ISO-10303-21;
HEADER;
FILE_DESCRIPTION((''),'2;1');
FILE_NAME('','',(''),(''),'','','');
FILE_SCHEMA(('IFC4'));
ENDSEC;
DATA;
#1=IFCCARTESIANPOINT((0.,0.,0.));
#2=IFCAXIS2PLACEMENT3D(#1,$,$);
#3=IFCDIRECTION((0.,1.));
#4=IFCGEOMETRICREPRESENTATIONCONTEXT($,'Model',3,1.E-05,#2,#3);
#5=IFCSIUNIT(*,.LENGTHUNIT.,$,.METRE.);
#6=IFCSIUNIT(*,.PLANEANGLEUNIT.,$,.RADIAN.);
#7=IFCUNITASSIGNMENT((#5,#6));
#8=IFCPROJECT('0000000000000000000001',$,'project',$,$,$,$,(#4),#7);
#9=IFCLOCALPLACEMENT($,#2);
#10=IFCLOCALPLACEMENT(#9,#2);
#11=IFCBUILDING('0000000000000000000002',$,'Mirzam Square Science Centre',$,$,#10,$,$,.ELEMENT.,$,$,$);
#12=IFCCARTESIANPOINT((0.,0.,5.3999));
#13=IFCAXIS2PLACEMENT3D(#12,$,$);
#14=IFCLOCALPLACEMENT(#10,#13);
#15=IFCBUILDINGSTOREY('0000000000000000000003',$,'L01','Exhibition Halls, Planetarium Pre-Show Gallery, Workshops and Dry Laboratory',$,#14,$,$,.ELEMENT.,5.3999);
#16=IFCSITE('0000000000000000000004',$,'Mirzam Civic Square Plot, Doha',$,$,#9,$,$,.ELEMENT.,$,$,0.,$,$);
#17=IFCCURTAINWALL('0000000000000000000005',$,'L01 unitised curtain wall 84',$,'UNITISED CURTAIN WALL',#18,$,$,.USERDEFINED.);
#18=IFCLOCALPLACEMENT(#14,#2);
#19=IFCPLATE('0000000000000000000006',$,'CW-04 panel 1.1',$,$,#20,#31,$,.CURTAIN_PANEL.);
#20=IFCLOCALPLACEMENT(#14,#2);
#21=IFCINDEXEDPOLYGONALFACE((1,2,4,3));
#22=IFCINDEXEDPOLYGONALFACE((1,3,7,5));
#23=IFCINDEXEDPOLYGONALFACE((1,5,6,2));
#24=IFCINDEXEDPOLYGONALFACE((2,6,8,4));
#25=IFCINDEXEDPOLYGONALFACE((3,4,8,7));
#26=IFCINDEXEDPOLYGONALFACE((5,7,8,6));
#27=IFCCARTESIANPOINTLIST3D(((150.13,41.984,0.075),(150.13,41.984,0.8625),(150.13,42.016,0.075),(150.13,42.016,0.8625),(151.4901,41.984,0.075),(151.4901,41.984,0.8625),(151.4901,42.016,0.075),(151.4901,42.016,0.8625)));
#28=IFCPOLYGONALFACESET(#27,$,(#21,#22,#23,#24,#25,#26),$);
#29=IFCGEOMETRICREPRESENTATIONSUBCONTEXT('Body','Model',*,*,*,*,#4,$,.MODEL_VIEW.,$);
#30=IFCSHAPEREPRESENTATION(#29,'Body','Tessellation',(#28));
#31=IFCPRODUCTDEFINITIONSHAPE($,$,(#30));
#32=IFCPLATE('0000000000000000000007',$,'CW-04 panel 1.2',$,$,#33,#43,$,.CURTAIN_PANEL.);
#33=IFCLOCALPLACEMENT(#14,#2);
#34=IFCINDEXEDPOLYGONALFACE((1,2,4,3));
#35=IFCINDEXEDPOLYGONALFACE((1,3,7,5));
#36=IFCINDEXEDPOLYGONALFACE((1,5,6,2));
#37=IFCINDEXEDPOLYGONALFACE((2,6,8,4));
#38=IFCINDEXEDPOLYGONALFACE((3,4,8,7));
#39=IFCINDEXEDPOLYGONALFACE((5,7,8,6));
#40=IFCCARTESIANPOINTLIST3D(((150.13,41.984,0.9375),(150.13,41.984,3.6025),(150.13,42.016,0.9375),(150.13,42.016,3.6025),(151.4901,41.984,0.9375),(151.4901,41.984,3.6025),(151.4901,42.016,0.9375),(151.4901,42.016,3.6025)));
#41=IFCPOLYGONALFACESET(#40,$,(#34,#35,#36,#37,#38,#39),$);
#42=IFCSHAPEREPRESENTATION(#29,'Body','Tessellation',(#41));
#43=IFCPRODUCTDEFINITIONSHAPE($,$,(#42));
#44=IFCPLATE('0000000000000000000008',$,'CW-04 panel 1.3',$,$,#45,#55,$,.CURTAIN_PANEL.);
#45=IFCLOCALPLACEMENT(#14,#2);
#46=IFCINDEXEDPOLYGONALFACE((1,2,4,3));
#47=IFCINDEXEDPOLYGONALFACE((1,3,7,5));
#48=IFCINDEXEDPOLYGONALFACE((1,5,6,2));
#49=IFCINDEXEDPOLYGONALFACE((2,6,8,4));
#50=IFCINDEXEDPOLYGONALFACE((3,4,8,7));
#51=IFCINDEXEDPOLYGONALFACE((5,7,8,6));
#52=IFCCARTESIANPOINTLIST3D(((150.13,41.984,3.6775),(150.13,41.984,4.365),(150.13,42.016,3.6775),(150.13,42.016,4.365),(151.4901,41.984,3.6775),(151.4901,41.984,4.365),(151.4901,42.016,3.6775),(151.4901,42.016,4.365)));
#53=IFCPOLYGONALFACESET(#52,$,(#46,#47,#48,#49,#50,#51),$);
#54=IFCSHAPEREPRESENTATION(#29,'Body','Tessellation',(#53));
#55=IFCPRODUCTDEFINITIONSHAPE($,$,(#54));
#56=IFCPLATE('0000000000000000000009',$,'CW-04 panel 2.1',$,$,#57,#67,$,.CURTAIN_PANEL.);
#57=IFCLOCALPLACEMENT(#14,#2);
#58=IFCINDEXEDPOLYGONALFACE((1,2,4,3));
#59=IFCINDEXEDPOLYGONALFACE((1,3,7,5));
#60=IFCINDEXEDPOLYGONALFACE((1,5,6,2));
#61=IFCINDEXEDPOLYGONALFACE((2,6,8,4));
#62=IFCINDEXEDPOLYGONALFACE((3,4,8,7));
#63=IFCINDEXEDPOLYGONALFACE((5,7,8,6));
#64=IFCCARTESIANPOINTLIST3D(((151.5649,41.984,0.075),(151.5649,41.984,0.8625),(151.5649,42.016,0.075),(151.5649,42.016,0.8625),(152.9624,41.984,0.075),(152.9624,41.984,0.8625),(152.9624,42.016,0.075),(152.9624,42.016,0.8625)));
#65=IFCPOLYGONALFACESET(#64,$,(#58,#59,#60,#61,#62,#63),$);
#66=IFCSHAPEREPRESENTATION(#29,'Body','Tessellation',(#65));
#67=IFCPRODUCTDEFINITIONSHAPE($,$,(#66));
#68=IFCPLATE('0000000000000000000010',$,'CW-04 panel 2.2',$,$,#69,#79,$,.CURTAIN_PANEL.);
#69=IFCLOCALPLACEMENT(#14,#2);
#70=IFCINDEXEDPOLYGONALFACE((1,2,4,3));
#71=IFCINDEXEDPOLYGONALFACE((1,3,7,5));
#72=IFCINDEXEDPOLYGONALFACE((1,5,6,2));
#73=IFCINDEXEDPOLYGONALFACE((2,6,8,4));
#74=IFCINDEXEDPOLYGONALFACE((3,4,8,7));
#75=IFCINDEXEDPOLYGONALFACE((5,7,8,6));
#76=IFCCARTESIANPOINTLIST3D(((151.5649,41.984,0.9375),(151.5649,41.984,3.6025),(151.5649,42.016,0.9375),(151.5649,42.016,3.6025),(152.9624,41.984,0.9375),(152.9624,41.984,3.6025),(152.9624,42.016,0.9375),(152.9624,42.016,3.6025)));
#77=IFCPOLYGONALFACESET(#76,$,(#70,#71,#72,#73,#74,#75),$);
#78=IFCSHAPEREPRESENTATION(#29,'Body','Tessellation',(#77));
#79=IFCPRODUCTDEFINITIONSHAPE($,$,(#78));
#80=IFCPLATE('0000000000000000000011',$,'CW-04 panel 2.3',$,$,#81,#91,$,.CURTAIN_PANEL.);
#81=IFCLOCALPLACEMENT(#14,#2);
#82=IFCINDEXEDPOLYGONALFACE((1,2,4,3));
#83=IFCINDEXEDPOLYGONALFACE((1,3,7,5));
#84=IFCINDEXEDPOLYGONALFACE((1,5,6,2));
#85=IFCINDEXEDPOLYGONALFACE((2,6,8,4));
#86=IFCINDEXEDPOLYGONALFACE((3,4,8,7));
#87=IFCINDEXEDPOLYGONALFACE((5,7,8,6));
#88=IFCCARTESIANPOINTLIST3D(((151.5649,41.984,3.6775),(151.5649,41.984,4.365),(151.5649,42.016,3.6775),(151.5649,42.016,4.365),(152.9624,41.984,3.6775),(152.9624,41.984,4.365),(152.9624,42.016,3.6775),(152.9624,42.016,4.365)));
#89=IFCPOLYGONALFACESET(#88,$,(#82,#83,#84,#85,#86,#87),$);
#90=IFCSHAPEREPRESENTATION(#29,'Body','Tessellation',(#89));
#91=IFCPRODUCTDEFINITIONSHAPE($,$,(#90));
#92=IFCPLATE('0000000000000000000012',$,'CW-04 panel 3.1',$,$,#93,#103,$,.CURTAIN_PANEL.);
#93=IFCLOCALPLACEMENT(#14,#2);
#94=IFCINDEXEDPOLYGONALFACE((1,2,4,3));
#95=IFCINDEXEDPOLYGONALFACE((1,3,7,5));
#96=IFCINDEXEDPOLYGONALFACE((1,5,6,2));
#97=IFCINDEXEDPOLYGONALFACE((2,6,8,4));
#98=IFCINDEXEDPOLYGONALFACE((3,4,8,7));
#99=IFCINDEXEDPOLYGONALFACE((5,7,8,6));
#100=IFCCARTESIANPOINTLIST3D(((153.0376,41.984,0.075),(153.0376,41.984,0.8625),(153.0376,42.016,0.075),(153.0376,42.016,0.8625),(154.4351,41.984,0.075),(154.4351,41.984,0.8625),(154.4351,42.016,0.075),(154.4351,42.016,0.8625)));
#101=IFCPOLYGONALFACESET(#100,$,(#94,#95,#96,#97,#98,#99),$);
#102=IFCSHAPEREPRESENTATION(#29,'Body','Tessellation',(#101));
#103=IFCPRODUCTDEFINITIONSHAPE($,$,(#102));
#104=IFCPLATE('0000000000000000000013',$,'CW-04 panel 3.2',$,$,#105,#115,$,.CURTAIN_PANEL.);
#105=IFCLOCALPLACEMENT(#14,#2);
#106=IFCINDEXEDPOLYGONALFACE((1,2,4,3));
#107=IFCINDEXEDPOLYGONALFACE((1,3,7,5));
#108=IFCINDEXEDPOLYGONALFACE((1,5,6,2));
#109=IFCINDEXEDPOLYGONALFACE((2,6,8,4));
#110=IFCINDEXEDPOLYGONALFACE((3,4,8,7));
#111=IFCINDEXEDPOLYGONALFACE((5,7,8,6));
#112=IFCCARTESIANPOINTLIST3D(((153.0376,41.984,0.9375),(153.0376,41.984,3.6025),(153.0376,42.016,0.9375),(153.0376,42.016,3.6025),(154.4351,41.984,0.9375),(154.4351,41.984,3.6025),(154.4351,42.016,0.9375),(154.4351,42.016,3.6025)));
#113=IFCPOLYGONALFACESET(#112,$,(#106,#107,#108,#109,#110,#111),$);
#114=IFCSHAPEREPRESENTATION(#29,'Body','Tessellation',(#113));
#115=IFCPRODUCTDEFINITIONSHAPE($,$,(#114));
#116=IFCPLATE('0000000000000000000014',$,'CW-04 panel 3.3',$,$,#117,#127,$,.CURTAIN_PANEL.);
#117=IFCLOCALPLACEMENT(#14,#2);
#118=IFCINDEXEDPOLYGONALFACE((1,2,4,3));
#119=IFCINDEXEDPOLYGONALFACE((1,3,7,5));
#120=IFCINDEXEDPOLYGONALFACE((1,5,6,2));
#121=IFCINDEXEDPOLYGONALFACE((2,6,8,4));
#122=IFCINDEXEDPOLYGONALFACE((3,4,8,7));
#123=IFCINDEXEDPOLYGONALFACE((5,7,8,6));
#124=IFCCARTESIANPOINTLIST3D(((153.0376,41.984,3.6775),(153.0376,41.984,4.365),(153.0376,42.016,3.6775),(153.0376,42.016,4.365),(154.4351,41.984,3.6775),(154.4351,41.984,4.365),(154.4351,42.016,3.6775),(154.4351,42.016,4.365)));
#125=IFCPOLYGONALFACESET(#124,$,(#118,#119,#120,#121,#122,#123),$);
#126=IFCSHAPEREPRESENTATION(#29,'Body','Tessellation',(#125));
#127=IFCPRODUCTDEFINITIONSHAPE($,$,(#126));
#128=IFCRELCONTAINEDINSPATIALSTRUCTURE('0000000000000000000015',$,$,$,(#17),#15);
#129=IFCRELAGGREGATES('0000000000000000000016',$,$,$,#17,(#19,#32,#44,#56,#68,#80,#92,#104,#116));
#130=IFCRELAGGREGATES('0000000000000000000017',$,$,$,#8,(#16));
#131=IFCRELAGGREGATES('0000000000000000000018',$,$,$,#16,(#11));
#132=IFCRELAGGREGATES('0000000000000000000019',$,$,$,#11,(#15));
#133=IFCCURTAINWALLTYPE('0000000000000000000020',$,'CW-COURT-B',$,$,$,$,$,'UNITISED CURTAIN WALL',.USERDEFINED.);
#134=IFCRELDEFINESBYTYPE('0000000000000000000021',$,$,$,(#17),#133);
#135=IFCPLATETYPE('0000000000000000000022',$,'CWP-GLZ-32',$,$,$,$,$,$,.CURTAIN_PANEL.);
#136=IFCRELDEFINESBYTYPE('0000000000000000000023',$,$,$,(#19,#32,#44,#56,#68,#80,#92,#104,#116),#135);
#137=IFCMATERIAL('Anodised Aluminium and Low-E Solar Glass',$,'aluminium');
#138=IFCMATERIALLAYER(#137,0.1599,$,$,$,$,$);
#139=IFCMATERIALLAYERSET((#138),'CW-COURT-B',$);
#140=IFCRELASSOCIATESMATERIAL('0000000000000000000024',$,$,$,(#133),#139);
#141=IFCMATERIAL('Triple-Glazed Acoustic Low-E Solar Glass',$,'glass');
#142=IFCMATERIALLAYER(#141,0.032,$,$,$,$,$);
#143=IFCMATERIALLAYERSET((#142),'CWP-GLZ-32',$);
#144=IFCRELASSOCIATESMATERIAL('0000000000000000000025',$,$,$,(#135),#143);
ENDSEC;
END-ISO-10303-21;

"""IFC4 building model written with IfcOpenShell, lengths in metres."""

from ifc_helpers import new_model, si_unit, direction, frame, origin, origin_2d, place, context, subcontext, project, spatial, rectangle, extrude, material, layer, layer_set, type_object, element, aggregate, save


model = new_model("IFC4")

# Units and contexts
model_context = context("Model", 3, precision=1e-05, world=origin(), true_north=direction((0.0, 1.0)))
body_context = subcontext(model_context, "Body", "Model", "MODEL_VIEW")
ifc_project = project(units=[si_unit("LENGTHUNIT", "METRE"), si_unit("PLANEANGLEUNIT", "RADIAN")], contexts=[model_context])

# Site, building, storey
site_placement = place(None, origin())
site = spatial("IfcSite", under=ifc_project, at=site_placement, Name="Mirzam Civic Square Plot, Doha", CompositionType="ELEMENT", RefElevation=0.0)
building_placement = place(site_placement, origin())
building = spatial("IfcBuilding", under=site, at=building_placement, Name="Mirzam Square Science Centre", CompositionType="ELEMENT")
storey_placement = place(building_placement, frame((0.0, 0.0, 5.3999)))
storey = spatial("IfcBuildingStorey", under=building, at=storey_placement, Name="L01", Description="Exhibition Halls, Planetarium Pre-Show Gallery, Workshops and Dry Laboratory", CompositionType="ELEMENT", Elevation=5.3999)

# Curtain wall, plates
ifc_material_1 = material(Name="Anodised Aluminium and Low-E Solar Glass", Category="aluminium")
ifc_layer_1 = layer(ifc_material_1, 0.1599)
ifc_layer_set_1 = layer_set([ifc_layer_1], Name="CW-COURT-B")
curtain_wall_type = type_object("IfcCurtainWallType", Name="CW-COURT-B", ElementType="UNITISED CURTAIN WALL", PredefinedType="USERDEFINED", material=ifc_layer_set_1)
curtain_wall_placement = place(storey_placement, origin())
curtain_wall = element("IfcCurtainWall", 1, at=curtain_wall_placement, inside=storey, type_object=curtain_wall_type, Name="L01 unitised curtain wall 84", ObjectType="UNITISED CURTAIN WALL", PredefinedType="USERDEFINED")
ifc_material_2 = material(Name="Triple-Glazed Acoustic Low-E Solar Glass", Category="glass")
ifc_layer_2 = layer(ifc_material_2, 0.032)
ifc_layer_set_2 = layer_set([ifc_layer_2], Name="CWP-GLZ-32")
plate_type = type_object("IfcPlateType", Name="CWP-GLZ-32", PredefinedType="CURTAIN_PANEL", material=ifc_layer_set_2)
plate_1_placement = place(storey_placement, frame((150.8101, 42.0, 0.075), z_axis=(0.0, 0.0, 1.0), x_axis=(1.0, 0.0, 0.0)))
plate_1 = element("IfcPlate", 2, at=plate_1_placement, type_object=plate_type, Name="CW-04 panel 1.1", PredefinedType="CURTAIN_PANEL", context=body_context, shape_type="SweptSolid", body=[
    extrude(rectangle(XDim=1.3601, YDim=0.032, at=origin_2d()), origin(), (0.0, 0.0, 1.0), 0.7876),
])
plate_2_placement = place(storey_placement, frame((150.8101, 42.0, 0.9375), z_axis=(0.0, 0.0, 1.0), x_axis=(1.0, 0.0, 0.0)))
plate_2 = element("IfcPlate", 3, at=plate_2_placement, type_object=plate_type, Name="CW-04 panel 1.2", PredefinedType="CURTAIN_PANEL", context=body_context, shape_type="SweptSolid", body=[
    extrude(rectangle(XDim=1.3601, YDim=0.032, at=origin_2d()), origin(), (0.0, 0.0, 1.0), 2.665),
])
plate_3_placement = place(storey_placement, frame((150.8101, 42.0, 3.6775), z_axis=(0.0, 0.0, 1.0), x_axis=(1.0, 0.0, 0.0)))
plate_3 = element("IfcPlate", 4, at=plate_3_placement, type_object=plate_type, Name="CW-04 panel 1.3", PredefinedType="CURTAIN_PANEL", context=body_context, shape_type="SweptSolid", body=[
    extrude(rectangle(XDim=1.3601, YDim=0.032, at=origin_2d()), origin(), (0.0, 0.0, 1.0), 0.6875),
])
plate_4_placement = place(storey_placement, frame((152.2637, 42.0, 0.075), z_axis=(0.0, 0.0, 1.0), x_axis=(1.0, 0.0, 0.0)))
plate_4 = element("IfcPlate", 5, at=plate_4_placement, type_object=plate_type, Name="CW-04 panel 2.1", PredefinedType="CURTAIN_PANEL", context=body_context, shape_type="SweptSolid", body=[
    extrude(rectangle(XDim=1.3975, YDim=0.032, at=origin_2d()), origin(), (0.0, 0.0, 1.0), 0.7876),
])
plate_5_placement = place(storey_placement, frame((152.2637, 42.0, 0.9375), z_axis=(0.0, 0.0, 1.0), x_axis=(1.0, 0.0, 0.0)))
plate_5 = element("IfcPlate", 6, at=plate_5_placement, type_object=plate_type, Name="CW-04 panel 2.2", PredefinedType="CURTAIN_PANEL", context=body_context, shape_type="SweptSolid", body=[
    extrude(rectangle(XDim=1.3975, YDim=0.032, at=origin_2d()), origin(), (0.0, 0.0, 1.0), 2.665),
])
plate_6_placement = place(storey_placement, frame((152.2637, 42.0, 3.6775), z_axis=(0.0, 0.0, 1.0), x_axis=(1.0, 0.0, 0.0)))
plate_6 = element("IfcPlate", 7, at=plate_6_placement, type_object=plate_type, Name="CW-04 panel 2.3", PredefinedType="CURTAIN_PANEL", context=body_context, shape_type="SweptSolid", body=[
    extrude(rectangle(XDim=1.3975, YDim=0.032, at=origin_2d()), origin(), (0.0, 0.0, 1.0), 0.6875),
])
plate_7_placement = place(storey_placement, frame((153.7363, 42.0, 0.075), z_axis=(0.0, 0.0, 1.0), x_axis=(1.0, 0.0, 0.0)))
plate_7 = element("IfcPlate", 8, at=plate_7_placement, type_object=plate_type, Name="CW-04 panel 3.1", PredefinedType="CURTAIN_PANEL", context=body_context, shape_type="SweptSolid", body=[
    extrude(rectangle(XDim=1.3975, YDim=0.032, at=origin_2d()), origin(), (0.0, 0.0, 1.0), 0.7876),
])
plate_8_placement = place(storey_placement, frame((153.7363, 42.0, 0.9375), z_axis=(0.0, 0.0, 1.0), x_axis=(1.0, 0.0, 0.0)))
plate_8 = element("IfcPlate", 9, at=plate_8_placement, type_object=plate_type, Name="CW-04 panel 3.2", PredefinedType="CURTAIN_PANEL", context=body_context, shape_type="SweptSolid", body=[
    extrude(rectangle(XDim=1.3975, YDim=0.032, at=origin_2d()), origin(), (0.0, 0.0, 1.0), 2.665),
])
plate_9_placement = place(storey_placement, frame((153.7363, 42.0, 3.6775), z_axis=(0.0, 0.0, 1.0), x_axis=(1.0, 0.0, 0.0)))
plate_9 = element("IfcPlate", 10, at=plate_9_placement, type_object=plate_type, Name="CW-04 panel 3.3", PredefinedType="CURTAIN_PANEL", context=body_context, shape_type="SweptSolid", body=[
    extrude(rectangle(XDim=1.3975, YDim=0.032, at=origin_2d()), origin(), (0.0, 0.0, 1.0), 0.6875),
])
aggregate(curtain_wall, [plate_1, plate_2, plate_3, plate_4, plate_5, plate_6, plate_7, plate_8, plate_9])

save(model, "model.ifc")
